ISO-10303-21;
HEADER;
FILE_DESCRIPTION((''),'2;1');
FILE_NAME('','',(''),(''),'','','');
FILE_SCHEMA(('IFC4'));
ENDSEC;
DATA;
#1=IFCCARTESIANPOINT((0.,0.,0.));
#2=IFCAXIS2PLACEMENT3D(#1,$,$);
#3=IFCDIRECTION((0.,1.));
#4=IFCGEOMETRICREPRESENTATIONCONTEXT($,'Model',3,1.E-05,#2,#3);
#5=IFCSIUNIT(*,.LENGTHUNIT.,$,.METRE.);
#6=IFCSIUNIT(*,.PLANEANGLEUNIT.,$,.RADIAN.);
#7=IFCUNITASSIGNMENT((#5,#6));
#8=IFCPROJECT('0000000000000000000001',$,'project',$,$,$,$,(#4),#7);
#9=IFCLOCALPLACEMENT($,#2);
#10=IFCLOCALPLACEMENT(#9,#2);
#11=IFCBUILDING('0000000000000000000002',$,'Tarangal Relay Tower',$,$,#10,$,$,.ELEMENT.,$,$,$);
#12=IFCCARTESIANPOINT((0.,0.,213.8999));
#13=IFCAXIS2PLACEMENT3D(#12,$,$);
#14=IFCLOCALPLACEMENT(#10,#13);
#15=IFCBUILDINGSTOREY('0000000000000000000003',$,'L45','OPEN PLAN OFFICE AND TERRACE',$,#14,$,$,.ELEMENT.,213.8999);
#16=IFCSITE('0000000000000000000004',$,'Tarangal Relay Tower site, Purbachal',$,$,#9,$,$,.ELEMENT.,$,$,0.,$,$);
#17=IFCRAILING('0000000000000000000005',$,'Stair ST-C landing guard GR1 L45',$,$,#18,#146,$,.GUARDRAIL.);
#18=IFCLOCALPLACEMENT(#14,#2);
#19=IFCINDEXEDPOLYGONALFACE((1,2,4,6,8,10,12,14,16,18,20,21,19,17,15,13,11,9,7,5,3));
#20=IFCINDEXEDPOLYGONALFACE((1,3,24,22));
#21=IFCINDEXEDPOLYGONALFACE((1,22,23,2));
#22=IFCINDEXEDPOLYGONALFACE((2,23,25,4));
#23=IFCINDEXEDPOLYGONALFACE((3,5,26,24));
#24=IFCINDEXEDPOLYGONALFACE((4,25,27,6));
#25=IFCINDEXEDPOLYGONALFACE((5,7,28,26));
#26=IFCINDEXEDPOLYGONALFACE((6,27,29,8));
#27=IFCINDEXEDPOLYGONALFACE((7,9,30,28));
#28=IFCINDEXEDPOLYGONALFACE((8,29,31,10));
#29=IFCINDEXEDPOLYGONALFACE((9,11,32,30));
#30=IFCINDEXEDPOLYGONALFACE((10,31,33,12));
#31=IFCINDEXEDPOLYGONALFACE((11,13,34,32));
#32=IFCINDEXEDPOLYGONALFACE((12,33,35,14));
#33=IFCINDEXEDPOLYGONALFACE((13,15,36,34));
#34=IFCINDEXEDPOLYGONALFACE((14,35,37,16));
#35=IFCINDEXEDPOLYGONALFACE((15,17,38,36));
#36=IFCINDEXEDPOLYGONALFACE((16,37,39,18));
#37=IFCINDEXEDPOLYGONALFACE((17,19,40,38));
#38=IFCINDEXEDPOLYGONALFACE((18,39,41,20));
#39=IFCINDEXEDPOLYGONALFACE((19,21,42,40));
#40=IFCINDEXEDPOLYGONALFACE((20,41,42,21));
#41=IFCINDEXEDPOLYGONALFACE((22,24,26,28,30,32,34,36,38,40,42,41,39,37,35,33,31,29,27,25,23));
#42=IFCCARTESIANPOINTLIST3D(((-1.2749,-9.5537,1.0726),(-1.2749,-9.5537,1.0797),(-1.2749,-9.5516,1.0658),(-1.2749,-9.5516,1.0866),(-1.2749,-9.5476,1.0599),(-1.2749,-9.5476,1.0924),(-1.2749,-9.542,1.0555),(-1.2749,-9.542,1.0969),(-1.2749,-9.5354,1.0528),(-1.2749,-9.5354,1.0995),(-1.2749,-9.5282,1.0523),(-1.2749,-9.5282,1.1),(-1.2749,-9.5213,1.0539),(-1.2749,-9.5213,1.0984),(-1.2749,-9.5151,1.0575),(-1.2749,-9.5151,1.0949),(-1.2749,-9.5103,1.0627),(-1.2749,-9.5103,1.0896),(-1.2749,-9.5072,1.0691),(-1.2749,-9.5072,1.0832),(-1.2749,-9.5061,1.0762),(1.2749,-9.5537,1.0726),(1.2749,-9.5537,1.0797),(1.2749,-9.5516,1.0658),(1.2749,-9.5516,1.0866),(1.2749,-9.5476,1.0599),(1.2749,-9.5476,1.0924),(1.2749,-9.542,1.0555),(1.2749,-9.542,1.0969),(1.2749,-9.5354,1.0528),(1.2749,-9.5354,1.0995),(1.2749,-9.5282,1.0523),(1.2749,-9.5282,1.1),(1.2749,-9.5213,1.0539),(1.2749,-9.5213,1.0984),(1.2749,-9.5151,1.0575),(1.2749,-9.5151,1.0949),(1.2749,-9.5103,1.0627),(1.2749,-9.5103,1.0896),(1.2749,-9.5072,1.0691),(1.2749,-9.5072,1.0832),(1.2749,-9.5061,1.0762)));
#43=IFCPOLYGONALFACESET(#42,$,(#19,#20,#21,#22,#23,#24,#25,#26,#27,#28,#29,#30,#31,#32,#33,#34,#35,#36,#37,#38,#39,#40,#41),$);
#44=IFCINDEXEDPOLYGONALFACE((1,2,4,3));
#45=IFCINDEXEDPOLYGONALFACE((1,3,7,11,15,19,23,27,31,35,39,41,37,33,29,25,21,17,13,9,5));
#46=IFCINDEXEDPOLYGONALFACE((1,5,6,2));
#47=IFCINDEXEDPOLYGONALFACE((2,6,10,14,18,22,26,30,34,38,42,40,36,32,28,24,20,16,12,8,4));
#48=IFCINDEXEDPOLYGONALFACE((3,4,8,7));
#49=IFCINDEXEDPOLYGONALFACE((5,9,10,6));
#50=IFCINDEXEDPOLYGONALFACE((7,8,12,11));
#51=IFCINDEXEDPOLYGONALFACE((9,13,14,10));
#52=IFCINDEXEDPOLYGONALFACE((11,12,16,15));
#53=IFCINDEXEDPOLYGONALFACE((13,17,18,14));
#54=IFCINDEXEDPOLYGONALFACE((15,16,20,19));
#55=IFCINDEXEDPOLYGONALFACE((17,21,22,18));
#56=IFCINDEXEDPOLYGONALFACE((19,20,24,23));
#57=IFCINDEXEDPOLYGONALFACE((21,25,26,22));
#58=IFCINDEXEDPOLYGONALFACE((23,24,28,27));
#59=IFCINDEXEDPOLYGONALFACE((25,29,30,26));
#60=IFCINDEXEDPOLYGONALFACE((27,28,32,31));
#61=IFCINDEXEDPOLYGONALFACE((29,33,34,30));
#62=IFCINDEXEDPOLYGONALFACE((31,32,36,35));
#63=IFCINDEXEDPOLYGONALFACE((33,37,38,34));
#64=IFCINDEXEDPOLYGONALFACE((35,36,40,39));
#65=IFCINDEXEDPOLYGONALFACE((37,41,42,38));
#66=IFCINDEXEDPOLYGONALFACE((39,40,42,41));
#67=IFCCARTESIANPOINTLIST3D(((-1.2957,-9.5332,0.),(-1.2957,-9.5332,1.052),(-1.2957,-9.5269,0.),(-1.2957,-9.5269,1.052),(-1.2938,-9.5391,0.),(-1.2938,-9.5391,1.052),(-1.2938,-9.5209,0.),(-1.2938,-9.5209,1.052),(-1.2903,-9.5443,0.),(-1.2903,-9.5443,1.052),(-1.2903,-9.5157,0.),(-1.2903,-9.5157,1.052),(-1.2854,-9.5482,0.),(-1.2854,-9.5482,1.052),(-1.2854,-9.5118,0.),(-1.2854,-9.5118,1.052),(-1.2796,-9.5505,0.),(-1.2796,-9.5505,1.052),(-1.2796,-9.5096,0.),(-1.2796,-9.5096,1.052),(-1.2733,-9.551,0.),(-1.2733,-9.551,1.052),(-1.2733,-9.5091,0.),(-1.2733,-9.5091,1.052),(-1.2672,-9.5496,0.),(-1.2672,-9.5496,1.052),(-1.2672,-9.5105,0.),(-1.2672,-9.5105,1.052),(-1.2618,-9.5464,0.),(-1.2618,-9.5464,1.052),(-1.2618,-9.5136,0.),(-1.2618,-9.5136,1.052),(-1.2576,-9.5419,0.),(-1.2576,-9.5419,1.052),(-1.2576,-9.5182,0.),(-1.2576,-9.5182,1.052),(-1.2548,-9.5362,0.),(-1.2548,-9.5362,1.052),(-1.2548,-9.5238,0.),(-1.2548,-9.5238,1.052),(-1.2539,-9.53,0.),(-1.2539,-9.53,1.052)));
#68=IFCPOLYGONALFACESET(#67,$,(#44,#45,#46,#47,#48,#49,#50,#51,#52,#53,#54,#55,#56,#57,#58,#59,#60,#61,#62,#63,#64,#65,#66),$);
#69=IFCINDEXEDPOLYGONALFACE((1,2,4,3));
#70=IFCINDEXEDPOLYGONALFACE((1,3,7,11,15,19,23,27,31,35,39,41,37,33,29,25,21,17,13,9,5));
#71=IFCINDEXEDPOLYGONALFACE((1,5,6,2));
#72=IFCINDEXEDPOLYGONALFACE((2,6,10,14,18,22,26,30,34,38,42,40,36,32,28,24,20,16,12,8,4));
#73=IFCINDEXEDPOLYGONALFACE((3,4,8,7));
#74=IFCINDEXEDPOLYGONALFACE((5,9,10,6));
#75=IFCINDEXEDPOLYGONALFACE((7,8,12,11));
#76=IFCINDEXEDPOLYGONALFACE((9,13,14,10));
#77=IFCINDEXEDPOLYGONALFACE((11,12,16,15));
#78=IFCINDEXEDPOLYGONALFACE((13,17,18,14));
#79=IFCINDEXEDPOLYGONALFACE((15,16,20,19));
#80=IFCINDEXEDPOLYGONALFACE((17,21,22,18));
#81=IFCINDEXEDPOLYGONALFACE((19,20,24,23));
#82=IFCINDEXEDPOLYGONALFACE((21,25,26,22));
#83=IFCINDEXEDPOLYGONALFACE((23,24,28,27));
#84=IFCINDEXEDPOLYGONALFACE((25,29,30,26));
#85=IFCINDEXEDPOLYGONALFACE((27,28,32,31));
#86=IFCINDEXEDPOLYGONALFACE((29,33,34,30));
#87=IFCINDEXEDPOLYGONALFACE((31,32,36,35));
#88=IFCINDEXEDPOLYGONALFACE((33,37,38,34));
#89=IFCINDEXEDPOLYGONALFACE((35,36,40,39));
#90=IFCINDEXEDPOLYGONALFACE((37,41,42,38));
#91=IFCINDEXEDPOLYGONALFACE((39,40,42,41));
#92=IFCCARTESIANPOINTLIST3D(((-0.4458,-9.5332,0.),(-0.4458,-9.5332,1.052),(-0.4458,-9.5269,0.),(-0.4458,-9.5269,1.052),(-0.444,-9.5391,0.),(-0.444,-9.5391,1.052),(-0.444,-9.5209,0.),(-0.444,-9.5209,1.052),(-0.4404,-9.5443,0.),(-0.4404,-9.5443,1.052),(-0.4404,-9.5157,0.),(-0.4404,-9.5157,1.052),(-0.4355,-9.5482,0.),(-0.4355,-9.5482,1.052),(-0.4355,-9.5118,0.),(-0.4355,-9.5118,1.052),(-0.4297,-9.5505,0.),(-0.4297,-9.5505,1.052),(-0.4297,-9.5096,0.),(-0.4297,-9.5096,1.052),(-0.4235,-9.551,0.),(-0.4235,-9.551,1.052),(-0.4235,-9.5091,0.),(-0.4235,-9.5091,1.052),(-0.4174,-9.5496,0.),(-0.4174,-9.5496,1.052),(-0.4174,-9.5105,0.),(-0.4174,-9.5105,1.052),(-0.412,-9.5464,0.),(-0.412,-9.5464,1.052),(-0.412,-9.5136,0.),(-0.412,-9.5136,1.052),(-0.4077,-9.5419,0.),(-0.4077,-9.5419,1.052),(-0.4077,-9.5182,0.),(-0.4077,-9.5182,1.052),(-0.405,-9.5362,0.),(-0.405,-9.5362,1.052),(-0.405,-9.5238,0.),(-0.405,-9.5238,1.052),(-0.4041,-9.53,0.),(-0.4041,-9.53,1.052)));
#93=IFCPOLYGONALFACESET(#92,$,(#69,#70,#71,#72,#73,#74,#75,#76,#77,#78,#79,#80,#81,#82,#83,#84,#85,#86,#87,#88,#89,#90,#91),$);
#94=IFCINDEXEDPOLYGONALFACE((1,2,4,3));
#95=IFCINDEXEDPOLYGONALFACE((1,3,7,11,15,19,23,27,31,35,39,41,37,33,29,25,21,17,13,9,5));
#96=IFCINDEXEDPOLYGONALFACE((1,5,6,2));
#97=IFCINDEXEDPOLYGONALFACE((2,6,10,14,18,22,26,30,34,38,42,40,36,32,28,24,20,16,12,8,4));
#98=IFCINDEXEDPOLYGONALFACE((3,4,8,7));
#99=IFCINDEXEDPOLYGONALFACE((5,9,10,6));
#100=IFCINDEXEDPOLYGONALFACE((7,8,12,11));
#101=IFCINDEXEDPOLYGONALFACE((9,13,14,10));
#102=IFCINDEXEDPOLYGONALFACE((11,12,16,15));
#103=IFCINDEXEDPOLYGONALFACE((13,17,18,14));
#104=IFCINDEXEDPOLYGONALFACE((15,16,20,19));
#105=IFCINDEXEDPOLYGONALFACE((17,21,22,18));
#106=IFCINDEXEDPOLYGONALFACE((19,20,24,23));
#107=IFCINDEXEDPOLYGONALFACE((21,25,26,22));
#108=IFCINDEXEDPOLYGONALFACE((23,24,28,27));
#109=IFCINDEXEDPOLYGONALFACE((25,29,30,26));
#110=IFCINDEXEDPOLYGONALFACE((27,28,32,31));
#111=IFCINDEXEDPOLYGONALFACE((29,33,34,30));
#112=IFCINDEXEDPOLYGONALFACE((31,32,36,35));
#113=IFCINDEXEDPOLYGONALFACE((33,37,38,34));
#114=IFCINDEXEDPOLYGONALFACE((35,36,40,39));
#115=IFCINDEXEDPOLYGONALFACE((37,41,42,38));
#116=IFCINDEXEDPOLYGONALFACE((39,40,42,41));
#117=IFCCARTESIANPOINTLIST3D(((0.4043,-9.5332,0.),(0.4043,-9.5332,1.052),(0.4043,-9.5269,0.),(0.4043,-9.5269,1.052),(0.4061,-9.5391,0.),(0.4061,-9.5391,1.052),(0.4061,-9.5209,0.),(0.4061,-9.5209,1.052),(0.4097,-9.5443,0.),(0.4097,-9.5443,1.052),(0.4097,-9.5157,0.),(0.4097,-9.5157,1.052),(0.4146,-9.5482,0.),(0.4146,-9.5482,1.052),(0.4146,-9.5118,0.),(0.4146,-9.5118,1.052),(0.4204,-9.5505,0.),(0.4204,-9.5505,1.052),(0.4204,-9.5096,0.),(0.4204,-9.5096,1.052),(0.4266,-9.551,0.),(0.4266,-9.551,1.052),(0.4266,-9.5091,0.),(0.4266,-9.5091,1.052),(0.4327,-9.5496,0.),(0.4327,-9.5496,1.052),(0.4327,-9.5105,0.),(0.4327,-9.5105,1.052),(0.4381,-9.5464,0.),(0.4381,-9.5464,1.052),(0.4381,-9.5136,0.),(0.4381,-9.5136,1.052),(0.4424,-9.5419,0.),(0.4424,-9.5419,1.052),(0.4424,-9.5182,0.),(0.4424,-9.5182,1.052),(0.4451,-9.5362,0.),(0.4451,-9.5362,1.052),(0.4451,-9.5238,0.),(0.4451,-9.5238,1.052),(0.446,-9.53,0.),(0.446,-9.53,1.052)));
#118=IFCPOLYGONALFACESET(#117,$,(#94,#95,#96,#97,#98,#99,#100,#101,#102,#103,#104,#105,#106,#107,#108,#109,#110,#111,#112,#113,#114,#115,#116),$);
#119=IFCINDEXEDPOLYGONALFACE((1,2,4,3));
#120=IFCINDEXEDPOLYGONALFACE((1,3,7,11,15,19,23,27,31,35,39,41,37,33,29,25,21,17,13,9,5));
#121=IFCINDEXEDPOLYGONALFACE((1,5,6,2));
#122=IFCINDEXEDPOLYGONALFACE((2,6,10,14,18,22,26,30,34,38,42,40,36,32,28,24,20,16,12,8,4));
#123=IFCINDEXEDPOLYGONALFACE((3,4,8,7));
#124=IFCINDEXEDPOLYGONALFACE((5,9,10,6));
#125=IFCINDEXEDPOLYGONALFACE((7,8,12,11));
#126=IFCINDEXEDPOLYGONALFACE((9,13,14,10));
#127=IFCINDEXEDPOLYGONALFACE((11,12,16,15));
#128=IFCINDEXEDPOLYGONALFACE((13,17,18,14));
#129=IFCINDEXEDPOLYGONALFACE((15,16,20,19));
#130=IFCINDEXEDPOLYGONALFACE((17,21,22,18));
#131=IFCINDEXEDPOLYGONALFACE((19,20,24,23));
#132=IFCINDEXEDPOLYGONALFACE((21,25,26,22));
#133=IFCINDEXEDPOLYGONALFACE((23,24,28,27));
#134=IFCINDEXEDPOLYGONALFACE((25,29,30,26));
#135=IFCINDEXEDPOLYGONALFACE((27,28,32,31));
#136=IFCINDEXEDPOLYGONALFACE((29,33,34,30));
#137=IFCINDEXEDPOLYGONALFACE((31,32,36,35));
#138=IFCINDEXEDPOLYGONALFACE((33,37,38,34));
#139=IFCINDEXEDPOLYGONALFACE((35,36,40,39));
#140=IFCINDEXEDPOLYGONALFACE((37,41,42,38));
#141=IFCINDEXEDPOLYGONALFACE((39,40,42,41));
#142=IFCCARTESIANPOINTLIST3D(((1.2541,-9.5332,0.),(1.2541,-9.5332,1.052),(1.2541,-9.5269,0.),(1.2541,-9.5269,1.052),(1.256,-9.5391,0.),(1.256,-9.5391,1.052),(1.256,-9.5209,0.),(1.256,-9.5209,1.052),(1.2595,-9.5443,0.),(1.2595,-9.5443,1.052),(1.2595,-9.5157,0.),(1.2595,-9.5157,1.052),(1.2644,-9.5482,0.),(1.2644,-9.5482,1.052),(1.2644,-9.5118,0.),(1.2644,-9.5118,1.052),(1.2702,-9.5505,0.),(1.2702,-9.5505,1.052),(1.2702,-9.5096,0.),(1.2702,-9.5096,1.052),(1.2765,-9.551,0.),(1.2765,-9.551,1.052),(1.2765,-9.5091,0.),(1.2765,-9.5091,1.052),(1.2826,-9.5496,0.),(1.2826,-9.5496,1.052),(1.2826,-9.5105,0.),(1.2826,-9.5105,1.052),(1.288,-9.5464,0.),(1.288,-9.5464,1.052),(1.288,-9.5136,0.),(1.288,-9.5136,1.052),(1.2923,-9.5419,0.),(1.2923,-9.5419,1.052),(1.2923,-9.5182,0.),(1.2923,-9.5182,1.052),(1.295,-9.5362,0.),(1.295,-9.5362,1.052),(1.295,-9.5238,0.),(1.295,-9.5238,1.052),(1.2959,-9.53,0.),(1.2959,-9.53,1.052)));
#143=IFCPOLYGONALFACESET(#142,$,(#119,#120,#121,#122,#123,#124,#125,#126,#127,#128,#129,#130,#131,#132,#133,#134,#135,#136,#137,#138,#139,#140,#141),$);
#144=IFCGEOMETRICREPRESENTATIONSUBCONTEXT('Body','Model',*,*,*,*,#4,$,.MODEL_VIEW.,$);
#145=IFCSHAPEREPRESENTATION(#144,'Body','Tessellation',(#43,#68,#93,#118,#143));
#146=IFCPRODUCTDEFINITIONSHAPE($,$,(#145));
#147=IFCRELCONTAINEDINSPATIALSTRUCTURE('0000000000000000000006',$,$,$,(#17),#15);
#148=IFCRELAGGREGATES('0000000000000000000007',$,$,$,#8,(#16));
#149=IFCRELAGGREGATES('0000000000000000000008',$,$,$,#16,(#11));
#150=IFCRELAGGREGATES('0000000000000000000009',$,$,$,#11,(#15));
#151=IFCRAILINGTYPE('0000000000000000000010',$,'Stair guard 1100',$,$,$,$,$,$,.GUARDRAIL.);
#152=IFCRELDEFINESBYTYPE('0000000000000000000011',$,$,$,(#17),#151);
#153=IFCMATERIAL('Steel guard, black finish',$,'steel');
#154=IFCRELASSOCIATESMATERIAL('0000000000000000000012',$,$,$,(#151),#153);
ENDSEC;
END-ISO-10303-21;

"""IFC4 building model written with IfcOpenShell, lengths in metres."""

from ifc_helpers import new_model, si_unit, direction, frame, origin, origin_2d, place, context, subcontext, project, spatial, circle, extrude, material, type_object, element, save


model = new_model("IFC4")

# Units and contexts
model_context = context("Model", 3, precision=1e-05, world=origin(), true_north=direction((0.0, 1.0)))
body_context = subcontext(model_context, "Body", "Model", "MODEL_VIEW")
ifc_project = project(units=[si_unit("LENGTHUNIT", "METRE"), si_unit("PLANEANGLEUNIT", "RADIAN")], contexts=[model_context])

# Site, building, storey
site_placement = place(None, origin())
site = spatial("IfcSite", under=ifc_project, at=site_placement, Name="Tarangal Relay Tower site, Purbachal", CompositionType="ELEMENT", RefElevation=0.0)
building_placement = place(site_placement, origin())
building = spatial("IfcBuilding", under=site, at=building_placement, Name="Tarangal Relay Tower", CompositionType="ELEMENT")
storey_placement = place(building_placement, frame((0.0, 0.0, 213.8999)))
storey = spatial("IfcBuildingStorey", under=building, at=storey_placement, Name="L45", Description="OPEN PLAN OFFICE AND TERRACE", CompositionType="ELEMENT", Elevation=213.8999)

# Railing
ifc_material_1 = material(Name="Steel guard, black finish", Category="steel")
railing_type_1 = type_object("IfcRailingType", Name="Stair guard 1100", PredefinedType="GUARDRAIL", material=ifc_material_1)
for number, where, name in (
    (1, (-1.2749, -9.53, 0.0), "Stair ST-C landing guard GR1 L45"),
):
    element("IfcRailing", number, at=place(storey_placement, frame(where)), inside=storey, type_object=railing_type_1, Name=name, PredefinedType="GUARDRAIL", context=body_context, shape_type="SweptSolid", body=[
        extrude(circle(Radius=0.0239, at=origin_2d()), frame((0.0, 0.0, 1.0762), z_axis=(1.0, 0.0, 0.0), x_axis=(0.0, 1.0, 0.0)), (0.0, 0.0, 1.0), 2.5498),
        extrude(circle(Radius=0.021, at=origin_2d()), origin(), (0.0, 0.0, 1.0), 1.052),
        extrude(circle(Radius=0.021, at=origin_2d()), frame((0.8499, 0.0, 0.0)), (0.0, 0.0, 1.0), 1.052),
        extrude(circle(Radius=0.021, at=origin_2d()), frame((1.7, 0.0, 0.0)), (0.0, 0.0, 1.0), 1.052),
        extrude(circle(Radius=0.021, at=origin_2d()), frame((2.5498, 0.0, 0.0)), (0.0, 0.0, 1.0), 1.052),
    ])

save(model, "model.ifc")
